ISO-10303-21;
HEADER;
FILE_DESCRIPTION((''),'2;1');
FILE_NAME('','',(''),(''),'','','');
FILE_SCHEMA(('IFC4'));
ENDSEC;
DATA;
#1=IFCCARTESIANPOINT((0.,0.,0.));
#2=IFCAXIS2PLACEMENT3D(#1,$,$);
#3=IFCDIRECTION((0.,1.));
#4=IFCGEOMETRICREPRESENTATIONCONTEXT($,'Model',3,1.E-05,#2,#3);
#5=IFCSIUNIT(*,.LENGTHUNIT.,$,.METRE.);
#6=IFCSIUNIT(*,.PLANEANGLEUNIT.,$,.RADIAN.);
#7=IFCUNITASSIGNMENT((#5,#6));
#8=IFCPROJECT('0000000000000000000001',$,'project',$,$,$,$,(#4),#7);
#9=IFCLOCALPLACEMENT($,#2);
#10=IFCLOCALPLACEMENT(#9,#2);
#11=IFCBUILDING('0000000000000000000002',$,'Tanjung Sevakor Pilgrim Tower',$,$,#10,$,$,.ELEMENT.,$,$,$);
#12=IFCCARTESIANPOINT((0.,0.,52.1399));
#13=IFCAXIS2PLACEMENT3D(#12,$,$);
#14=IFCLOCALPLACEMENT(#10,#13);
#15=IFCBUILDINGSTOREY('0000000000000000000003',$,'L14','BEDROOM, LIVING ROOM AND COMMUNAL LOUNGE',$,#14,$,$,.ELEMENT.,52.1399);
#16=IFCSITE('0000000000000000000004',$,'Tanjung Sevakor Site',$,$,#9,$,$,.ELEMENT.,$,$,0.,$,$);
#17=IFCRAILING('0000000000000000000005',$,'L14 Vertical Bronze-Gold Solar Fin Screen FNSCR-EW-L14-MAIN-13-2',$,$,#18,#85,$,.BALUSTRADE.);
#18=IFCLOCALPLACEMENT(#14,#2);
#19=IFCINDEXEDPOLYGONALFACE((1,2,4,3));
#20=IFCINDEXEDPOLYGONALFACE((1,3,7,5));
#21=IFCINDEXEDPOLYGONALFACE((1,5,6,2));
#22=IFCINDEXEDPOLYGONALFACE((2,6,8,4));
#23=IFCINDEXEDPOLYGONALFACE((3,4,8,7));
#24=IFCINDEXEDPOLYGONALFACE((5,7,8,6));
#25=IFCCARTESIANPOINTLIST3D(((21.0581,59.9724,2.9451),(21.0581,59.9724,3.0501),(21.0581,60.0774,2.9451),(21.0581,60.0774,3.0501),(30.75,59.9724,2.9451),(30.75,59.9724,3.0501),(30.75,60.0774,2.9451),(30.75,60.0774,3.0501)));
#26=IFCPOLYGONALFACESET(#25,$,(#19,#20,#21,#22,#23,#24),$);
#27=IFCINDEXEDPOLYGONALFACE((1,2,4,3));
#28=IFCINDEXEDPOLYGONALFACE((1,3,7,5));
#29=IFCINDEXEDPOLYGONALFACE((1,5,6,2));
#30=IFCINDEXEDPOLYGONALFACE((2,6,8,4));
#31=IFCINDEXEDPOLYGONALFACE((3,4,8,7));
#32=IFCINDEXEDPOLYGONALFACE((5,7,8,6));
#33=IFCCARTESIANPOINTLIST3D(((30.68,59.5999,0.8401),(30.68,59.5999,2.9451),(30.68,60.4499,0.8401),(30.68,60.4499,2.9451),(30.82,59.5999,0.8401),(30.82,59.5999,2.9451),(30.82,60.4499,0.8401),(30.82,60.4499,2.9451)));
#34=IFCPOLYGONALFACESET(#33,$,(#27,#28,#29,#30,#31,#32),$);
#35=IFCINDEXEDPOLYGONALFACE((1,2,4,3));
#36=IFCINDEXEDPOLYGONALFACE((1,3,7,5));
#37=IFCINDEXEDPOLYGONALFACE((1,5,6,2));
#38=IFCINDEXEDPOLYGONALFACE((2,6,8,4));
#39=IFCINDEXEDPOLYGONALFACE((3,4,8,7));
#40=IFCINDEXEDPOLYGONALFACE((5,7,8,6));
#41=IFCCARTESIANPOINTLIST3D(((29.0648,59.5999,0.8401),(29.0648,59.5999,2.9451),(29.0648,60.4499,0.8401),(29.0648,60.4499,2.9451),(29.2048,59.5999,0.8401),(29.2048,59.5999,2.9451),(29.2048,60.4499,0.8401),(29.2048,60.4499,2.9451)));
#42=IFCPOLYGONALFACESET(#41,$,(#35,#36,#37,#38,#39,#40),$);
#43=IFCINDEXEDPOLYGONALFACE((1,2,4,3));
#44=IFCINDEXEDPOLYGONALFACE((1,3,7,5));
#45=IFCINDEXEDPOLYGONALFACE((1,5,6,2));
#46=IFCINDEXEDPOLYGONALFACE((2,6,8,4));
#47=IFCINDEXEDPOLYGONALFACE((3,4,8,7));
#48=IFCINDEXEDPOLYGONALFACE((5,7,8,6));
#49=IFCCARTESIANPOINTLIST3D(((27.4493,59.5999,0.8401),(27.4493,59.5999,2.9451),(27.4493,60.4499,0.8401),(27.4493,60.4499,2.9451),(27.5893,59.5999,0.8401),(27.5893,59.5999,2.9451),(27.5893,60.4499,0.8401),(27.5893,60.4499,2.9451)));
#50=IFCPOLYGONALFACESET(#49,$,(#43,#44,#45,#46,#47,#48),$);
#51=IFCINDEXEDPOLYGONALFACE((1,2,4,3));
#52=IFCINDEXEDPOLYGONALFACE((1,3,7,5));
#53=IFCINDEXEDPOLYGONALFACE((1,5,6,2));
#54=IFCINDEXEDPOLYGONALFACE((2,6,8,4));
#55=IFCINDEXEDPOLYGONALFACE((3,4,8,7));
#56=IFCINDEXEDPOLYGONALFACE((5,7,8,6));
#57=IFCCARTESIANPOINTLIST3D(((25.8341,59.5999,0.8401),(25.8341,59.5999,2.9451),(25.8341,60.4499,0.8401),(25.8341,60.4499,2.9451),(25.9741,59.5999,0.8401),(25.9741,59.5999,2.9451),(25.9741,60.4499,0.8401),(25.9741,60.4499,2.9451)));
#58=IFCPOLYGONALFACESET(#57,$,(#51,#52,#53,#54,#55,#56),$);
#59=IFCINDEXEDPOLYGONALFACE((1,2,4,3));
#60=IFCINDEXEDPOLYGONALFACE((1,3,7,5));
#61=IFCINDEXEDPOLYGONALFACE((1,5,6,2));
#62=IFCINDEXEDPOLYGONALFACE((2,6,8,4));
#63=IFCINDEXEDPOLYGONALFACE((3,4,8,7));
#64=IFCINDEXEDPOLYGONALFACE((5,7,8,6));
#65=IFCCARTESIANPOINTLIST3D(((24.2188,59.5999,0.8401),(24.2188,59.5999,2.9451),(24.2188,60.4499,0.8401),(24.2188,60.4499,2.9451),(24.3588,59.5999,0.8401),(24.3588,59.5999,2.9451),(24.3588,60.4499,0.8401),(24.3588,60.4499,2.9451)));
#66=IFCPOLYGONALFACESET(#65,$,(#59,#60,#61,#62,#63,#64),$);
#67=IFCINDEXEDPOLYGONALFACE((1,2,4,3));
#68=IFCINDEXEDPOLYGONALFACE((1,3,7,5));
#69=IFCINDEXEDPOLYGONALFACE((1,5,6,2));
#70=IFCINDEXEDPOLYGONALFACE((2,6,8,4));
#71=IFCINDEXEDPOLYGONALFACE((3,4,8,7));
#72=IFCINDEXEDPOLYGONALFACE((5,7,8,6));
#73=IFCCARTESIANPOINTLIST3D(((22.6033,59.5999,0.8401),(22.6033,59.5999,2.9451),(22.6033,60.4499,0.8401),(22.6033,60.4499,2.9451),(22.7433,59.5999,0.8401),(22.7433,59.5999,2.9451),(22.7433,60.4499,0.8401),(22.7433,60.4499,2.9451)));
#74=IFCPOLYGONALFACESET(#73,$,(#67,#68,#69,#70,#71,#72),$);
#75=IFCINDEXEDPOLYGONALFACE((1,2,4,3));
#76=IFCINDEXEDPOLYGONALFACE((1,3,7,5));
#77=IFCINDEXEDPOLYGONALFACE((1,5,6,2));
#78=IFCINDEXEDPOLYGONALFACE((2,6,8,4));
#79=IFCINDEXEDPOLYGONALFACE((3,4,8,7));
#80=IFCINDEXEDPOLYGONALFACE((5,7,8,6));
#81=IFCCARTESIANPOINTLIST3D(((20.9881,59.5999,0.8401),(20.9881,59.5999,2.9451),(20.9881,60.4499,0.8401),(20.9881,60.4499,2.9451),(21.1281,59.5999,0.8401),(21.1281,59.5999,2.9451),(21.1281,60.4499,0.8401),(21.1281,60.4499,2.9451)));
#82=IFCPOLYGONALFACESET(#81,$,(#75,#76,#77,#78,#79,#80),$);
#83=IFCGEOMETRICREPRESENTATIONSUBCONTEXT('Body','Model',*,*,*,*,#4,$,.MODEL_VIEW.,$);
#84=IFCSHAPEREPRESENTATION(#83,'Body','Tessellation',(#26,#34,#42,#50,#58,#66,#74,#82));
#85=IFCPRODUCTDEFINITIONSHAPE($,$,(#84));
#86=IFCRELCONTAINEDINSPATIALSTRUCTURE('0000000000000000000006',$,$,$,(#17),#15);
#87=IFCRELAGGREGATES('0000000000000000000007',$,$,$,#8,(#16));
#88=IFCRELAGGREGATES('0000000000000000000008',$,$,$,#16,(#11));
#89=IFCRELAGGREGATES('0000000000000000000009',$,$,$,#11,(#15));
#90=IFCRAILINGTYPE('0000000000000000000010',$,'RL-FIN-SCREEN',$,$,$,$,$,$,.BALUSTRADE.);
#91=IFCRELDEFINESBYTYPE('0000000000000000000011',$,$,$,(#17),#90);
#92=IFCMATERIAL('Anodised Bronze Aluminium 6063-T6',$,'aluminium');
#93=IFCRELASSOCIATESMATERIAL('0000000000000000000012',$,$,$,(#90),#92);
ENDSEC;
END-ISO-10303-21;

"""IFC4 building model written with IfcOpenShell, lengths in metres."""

from ifc_helpers import new_model, si_unit, direction, frame, origin, place, context, subcontext, project, spatial, rectangle, extrude, material, type_object, element, save


model = new_model("IFC4")

# Units and contexts
model_context = context("Model", 3, precision=1e-05, world=origin(), true_north=direction((0.0, 1.0)))
body_context = subcontext(model_context, "Body", "Model", "MODEL_VIEW")
ifc_project = project(units=[si_unit("LENGTHUNIT", "METRE"), si_unit("PLANEANGLEUNIT", "RADIAN")], contexts=[model_context])

# Site, building, storey
site_placement = place(None, origin())
site = spatial("IfcSite", under=ifc_project, at=site_placement, Name="Tanjung Sevakor Site", CompositionType="ELEMENT", RefElevation=0.0)
building_placement = place(site_placement, origin())
building = spatial("IfcBuilding", under=site, at=building_placement, Name="Tanjung Sevakor Pilgrim Tower", CompositionType="ELEMENT")
storey_placement = place(building_placement, frame((0.0, 0.0, 52.1399)))
storey = spatial("IfcBuildingStorey", under=building, at=storey_placement, Name="L14", Description="BEDROOM, LIVING ROOM AND COMMUNAL LOUNGE", CompositionType="ELEMENT", Elevation=52.1399)

# Railing
ifc_material_1 = material(Name="Anodised Bronze Aluminium 6063-T6", Category="aluminium")
railing_type = type_object("IfcRailingType", Name="RL-FIN-SCREEN", PredefinedType="BALUSTRADE", material=ifc_material_1)
railing_1_placement = place(storey_placement, frame((30.75, 60.0249, 0.8401)))
element("IfcRailing", 1, at=railing_1_placement, inside=storey, type_object=railing_type, Name="L14 Vertical Bronze-Gold Solar Fin Screen FNSCR-EW-L14-MAIN-13-2", PredefinedType="BALUSTRADE", context=body_context, shape_type="SweptSolid", body=[
    extrude(rectangle(XDim=0.105, YDim=0.105), frame((0.0, 0.0, 2.1575), z_axis=(-1.0, 0.0, 0.0), x_axis=(0.0, -1.0, 0.0)), (0.0, 0.0, 1.0), 9.6919),
    extrude(rectangle(XDim=0.14, YDim=0.85), origin(), (0.0, 0.0, 1.0), 2.105),
    extrude(rectangle(XDim=0.14, YDim=0.85), frame((-1.6152, 0.0, 0.0)), (0.0, 0.0, 1.0), 2.105),
    extrude(rectangle(XDim=0.14, YDim=0.85), frame((-3.2307, 0.0, 0.0)), (0.0, 0.0, 1.0), 2.105),
    extrude(rectangle(XDim=0.14, YDim=0.85), frame((-4.8459, 0.0, 0.0)), (0.0, 0.0, 1.0), 2.105),
    extrude(rectangle(XDim=0.14, YDim=0.85), frame((-6.4612, 0.0, 0.0)), (0.0, 0.0, 1.0), 2.105),
    extrude(rectangle(XDim=0.14, YDim=0.85), frame((-8.0767, 0.0, 0.0)), (0.0, 0.0, 1.0), 2.105),
    extrude(rectangle(XDim=0.14, YDim=0.85), frame((-9.6919, 0.0, 0.0)), (0.0, 0.0, 1.0), 2.105),
])

save(model, "model.ifc")
